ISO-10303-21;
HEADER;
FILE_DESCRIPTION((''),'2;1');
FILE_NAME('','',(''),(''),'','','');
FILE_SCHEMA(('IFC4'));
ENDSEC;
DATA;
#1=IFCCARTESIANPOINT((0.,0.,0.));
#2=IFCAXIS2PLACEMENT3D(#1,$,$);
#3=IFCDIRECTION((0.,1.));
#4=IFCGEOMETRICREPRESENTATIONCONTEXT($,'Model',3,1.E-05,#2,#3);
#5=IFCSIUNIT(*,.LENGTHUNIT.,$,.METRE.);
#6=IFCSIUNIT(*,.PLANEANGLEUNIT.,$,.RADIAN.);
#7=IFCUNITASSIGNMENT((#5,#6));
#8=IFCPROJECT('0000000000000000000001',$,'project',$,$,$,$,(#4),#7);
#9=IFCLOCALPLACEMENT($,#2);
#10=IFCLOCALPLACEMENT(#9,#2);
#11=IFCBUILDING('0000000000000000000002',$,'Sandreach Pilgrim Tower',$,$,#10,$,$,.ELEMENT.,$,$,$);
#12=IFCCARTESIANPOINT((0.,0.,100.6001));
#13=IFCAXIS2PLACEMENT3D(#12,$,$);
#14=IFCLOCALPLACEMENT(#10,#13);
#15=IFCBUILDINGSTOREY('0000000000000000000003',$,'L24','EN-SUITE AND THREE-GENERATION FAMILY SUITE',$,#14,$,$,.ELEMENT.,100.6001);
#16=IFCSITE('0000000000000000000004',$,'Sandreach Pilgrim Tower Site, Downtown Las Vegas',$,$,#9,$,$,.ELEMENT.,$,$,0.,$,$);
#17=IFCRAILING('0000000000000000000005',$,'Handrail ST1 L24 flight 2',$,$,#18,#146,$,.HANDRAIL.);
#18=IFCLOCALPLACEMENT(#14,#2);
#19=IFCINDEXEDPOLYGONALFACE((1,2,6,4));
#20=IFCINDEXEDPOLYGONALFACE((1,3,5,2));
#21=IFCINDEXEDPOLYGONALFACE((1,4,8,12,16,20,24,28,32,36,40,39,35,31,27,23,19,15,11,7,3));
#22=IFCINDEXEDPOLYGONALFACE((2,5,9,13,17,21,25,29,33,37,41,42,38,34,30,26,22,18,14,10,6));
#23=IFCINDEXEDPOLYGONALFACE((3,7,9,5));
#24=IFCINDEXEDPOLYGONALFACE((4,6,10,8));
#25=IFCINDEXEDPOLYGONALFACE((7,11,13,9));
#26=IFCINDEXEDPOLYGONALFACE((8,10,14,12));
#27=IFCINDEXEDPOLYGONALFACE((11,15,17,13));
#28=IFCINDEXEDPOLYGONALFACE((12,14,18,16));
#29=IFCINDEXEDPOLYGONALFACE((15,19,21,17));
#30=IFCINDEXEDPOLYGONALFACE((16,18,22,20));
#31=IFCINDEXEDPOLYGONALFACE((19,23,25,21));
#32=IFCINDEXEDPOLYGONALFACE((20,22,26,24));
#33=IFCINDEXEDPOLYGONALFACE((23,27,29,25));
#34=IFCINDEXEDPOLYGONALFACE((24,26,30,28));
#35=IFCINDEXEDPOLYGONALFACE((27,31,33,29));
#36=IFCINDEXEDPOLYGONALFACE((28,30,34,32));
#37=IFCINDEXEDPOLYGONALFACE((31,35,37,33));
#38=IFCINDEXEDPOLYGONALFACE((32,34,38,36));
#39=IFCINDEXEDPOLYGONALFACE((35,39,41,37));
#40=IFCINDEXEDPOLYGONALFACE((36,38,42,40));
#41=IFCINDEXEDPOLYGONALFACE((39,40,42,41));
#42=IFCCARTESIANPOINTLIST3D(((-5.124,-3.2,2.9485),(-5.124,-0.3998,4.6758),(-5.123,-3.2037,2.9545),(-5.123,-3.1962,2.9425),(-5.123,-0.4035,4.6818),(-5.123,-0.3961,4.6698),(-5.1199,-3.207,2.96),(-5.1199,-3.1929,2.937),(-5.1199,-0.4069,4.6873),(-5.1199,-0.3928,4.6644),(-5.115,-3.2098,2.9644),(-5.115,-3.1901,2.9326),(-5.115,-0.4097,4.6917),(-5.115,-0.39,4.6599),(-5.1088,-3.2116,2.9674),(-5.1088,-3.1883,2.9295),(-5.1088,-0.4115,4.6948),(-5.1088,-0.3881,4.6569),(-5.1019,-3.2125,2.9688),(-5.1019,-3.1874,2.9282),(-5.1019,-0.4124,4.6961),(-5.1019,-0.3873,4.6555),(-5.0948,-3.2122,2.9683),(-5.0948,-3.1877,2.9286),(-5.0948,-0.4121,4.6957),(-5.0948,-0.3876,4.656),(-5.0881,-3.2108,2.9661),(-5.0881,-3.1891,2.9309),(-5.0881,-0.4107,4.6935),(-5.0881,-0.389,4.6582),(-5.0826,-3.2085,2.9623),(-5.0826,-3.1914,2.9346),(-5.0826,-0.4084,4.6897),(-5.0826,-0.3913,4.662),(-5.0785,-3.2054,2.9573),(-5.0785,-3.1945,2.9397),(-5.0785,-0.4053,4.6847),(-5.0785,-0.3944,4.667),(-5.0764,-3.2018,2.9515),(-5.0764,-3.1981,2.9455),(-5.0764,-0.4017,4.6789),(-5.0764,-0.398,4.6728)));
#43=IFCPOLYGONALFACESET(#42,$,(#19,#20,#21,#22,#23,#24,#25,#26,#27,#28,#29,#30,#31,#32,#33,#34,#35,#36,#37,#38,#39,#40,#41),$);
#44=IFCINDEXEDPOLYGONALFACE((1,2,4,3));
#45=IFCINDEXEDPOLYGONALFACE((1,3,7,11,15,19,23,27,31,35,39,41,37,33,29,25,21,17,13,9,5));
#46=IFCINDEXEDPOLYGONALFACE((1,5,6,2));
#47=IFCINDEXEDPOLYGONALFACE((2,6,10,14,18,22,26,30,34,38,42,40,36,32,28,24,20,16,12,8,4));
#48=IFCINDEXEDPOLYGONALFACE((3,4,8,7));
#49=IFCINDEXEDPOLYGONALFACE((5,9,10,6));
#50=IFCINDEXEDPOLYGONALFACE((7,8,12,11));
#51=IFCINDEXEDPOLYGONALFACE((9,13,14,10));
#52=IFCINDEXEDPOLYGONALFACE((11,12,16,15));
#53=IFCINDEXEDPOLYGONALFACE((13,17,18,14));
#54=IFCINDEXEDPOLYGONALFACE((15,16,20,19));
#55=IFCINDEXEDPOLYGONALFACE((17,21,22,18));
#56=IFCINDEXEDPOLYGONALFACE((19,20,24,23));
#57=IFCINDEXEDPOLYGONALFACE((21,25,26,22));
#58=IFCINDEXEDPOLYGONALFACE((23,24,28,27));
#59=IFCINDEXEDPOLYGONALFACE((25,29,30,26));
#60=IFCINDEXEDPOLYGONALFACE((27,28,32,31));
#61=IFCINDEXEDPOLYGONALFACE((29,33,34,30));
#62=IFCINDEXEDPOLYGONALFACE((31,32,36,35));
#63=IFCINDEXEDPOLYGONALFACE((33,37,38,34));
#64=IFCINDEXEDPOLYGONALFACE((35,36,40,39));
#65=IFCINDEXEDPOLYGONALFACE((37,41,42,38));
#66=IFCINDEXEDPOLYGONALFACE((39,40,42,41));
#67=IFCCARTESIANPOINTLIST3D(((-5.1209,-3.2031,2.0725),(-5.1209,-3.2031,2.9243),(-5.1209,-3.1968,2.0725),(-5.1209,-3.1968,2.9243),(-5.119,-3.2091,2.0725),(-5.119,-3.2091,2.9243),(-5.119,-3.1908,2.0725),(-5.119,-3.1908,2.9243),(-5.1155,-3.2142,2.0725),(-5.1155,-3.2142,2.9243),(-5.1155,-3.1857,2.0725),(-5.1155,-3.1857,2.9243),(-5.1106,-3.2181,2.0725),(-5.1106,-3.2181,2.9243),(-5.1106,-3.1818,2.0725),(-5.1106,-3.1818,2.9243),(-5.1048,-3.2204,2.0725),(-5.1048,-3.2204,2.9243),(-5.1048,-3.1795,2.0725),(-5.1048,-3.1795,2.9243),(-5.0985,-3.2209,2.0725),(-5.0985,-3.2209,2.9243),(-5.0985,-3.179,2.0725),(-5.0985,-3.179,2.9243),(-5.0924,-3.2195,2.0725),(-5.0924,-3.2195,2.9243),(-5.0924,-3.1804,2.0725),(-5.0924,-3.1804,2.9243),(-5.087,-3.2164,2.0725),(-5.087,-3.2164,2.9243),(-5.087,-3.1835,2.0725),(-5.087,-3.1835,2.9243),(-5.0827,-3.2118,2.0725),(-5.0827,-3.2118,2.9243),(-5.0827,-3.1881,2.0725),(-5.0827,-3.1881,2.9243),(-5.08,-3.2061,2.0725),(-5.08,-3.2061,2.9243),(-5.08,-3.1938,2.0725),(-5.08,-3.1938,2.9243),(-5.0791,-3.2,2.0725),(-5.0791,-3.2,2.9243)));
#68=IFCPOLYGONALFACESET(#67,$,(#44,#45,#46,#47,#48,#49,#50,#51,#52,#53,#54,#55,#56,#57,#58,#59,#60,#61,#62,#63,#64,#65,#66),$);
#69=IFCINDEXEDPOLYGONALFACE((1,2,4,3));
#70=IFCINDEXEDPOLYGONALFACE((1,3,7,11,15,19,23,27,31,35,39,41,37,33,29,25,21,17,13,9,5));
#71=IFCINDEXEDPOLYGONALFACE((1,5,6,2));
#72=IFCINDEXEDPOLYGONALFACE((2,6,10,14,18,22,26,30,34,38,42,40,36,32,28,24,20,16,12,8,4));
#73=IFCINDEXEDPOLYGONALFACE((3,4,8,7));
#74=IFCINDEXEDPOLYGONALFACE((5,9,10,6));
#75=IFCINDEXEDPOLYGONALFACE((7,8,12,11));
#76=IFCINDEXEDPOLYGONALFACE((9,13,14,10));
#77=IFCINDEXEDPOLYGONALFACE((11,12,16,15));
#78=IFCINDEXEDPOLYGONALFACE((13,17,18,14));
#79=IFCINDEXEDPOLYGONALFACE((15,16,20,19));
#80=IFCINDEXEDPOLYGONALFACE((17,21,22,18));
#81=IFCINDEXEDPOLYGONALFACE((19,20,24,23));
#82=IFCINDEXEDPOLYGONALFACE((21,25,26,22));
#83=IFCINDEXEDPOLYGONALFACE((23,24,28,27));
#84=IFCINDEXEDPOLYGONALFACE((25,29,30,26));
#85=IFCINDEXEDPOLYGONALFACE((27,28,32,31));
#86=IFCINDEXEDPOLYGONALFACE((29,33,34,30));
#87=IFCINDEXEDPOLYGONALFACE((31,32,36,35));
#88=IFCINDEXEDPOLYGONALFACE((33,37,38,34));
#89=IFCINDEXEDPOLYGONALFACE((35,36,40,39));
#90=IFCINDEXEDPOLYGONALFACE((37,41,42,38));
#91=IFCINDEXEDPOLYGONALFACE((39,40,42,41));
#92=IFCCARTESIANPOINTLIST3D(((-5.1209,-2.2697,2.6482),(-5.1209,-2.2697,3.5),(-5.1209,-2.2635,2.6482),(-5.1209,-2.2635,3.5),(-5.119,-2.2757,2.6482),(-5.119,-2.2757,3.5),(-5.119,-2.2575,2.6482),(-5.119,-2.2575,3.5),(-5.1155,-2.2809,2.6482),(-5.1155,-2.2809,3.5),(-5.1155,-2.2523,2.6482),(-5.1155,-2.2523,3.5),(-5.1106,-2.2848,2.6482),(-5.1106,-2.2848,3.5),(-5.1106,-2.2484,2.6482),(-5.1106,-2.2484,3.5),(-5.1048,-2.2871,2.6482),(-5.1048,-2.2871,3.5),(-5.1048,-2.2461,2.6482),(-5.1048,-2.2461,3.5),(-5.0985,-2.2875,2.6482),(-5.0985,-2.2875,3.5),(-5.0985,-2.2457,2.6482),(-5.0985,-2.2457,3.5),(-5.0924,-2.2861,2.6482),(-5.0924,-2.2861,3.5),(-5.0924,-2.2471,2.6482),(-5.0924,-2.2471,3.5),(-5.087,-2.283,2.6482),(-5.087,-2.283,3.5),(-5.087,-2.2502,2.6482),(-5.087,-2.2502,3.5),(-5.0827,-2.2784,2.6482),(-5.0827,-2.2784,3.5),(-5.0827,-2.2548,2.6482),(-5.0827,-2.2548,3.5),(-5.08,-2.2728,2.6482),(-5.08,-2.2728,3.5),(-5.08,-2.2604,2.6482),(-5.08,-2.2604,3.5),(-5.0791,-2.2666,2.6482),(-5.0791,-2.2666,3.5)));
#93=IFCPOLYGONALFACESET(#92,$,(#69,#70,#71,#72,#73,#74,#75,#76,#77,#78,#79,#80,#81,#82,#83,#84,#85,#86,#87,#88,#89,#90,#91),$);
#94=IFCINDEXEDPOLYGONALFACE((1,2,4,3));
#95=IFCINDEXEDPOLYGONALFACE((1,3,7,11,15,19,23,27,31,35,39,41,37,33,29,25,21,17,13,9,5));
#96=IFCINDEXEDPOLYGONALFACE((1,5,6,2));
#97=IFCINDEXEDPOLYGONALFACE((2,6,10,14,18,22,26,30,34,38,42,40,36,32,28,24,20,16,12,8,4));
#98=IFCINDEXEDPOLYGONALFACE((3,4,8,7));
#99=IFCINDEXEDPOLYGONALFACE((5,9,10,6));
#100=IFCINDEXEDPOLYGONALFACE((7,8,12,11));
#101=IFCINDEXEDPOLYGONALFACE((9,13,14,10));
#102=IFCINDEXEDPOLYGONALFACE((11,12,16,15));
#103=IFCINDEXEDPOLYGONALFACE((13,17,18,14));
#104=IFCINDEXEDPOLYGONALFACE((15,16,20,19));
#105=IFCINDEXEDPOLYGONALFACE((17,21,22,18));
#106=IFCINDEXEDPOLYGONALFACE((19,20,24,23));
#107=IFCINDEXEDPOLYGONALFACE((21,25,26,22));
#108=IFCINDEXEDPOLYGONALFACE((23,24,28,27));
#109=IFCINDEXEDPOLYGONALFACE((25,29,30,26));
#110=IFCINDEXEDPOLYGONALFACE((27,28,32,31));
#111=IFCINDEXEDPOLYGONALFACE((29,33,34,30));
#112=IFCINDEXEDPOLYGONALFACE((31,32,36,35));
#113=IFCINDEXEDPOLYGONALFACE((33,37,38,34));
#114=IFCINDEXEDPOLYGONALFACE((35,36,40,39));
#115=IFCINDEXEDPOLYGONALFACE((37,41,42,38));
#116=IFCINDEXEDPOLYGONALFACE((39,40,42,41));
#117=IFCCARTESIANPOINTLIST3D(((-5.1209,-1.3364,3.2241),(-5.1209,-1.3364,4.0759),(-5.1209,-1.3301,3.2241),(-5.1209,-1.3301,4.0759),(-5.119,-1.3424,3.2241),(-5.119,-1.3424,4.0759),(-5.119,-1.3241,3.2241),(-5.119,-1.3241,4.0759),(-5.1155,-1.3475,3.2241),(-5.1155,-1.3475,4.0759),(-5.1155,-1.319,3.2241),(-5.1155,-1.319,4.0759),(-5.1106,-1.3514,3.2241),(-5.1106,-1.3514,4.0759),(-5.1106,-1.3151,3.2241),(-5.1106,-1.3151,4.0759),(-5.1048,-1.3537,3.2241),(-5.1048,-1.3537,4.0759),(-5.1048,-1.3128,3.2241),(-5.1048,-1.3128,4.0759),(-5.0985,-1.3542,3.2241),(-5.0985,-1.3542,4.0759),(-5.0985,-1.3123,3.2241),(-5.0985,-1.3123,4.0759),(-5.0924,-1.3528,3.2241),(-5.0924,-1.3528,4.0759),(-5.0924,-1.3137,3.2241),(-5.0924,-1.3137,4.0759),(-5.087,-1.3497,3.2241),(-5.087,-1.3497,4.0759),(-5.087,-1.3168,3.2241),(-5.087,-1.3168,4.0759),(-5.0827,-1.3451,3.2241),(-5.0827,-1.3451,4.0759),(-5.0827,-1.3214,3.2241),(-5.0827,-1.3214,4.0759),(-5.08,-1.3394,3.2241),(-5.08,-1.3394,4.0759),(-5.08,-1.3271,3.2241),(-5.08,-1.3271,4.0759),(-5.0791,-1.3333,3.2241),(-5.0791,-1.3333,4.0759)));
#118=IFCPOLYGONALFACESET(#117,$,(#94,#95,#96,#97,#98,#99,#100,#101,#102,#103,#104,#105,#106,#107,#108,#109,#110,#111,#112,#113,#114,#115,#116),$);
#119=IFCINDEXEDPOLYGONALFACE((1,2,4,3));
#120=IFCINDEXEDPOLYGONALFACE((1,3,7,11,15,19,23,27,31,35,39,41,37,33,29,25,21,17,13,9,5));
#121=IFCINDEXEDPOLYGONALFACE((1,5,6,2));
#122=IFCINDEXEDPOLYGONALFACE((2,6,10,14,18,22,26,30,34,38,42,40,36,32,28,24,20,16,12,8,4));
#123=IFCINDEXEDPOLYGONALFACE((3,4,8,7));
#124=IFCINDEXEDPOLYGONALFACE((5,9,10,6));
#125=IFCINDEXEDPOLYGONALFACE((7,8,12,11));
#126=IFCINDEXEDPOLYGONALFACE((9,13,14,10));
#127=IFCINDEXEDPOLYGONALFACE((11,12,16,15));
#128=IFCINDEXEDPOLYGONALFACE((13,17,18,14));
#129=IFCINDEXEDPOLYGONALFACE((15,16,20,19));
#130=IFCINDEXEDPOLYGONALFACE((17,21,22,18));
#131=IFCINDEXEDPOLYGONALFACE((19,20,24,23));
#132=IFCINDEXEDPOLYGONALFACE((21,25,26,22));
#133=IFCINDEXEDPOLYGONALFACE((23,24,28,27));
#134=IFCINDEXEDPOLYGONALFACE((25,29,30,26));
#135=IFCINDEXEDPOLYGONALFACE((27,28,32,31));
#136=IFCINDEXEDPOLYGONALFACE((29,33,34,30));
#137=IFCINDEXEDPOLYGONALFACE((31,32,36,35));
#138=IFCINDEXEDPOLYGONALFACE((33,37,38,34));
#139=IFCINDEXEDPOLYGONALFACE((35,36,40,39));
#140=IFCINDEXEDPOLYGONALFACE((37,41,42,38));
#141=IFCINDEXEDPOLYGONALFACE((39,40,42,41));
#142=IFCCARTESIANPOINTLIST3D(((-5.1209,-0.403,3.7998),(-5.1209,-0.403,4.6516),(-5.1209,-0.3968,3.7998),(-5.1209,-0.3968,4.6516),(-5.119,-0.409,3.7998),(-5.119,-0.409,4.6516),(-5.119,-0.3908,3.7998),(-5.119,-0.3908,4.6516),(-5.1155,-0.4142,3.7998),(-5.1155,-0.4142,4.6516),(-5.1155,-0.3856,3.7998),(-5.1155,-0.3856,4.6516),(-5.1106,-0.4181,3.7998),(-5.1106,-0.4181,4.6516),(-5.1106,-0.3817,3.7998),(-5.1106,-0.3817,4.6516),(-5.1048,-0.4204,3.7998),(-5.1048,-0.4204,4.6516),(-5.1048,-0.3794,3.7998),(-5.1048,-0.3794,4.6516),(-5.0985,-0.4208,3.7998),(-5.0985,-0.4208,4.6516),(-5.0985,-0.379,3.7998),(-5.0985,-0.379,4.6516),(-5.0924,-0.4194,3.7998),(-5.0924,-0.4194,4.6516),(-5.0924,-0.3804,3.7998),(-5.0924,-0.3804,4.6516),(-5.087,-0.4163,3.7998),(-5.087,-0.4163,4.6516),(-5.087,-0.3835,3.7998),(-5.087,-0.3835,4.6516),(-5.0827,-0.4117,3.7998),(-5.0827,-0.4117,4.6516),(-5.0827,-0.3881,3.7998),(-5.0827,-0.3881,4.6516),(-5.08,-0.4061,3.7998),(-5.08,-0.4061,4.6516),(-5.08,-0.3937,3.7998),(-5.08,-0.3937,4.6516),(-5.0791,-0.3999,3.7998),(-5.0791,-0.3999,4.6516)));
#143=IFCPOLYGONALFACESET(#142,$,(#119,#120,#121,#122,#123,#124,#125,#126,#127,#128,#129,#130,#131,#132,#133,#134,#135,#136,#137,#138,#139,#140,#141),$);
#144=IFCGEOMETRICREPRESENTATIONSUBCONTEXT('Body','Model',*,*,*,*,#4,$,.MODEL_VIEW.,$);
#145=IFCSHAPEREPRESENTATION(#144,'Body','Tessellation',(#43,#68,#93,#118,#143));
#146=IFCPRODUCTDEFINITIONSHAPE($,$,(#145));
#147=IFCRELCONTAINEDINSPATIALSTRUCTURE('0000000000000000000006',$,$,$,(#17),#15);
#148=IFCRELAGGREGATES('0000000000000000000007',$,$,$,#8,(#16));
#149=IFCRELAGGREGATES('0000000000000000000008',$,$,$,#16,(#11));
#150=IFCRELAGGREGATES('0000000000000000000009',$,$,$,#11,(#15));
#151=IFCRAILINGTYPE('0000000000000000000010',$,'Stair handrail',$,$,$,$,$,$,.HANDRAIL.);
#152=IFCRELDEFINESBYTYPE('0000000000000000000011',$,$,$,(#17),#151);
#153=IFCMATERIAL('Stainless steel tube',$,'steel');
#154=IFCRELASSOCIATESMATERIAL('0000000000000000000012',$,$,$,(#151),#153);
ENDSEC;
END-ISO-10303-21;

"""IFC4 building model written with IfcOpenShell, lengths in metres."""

from ifc_helpers import new_model, si_unit, direction, frame, origin, origin_2d, place, context, subcontext, project, spatial, circle, extrude, material, type_object, element, save


model = new_model("IFC4")

# Units and contexts
model_context = context("Model", 3, precision=1e-05, world=origin(), true_north=direction((0.0, 1.0)))
body_context = subcontext(model_context, "Body", "Model", "MODEL_VIEW")
ifc_project = project(units=[si_unit("LENGTHUNIT", "METRE"), si_unit("PLANEANGLEUNIT", "RADIAN")], contexts=[model_context])

# Site, building, storey
site_placement = place(None, origin())
site = spatial("IfcSite", under=ifc_project, at=site_placement, Name="Sandreach Pilgrim Tower Site, Downtown Las Vegas", CompositionType="ELEMENT", RefElevation=0.0)
building_placement = place(site_placement, origin())
building = spatial("IfcBuilding", under=site, at=building_placement, Name="Sandreach Pilgrim Tower", CompositionType="ELEMENT")
storey_placement = place(building_placement, frame((0.0, 0.0, 100.6001)))
storey = spatial("IfcBuildingStorey", under=building, at=storey_placement, Name="L24", Description="EN-SUITE AND THREE-GENERATION FAMILY SUITE", CompositionType="ELEMENT", Elevation=100.6001)

# Railing
ifc_material_1 = material(Name="Stainless steel tube", Category="steel")
railing_type = type_object("IfcRailingType", Name="Stair handrail", PredefinedType="HANDRAIL", material=ifc_material_1)
for number, where, name in (
    (1, (-5.1001, -3.2, 2.0725), "Handrail ST1 L24 flight 2"),
):
    element("IfcRailing", number, at=place(storey_placement, frame(where)), inside=storey, type_object=railing_type, Name=name, PredefinedType="HANDRAIL", context=body_context, shape_type="SweptSolid", body=[
        extrude(circle(Radius=0.0239, at=origin_2d()), frame((0.0, 0.0, 0.876), z_axis=(0.0, 0.85109, 0.52502), x_axis=(-1.0, 0.0, 0.0)), (0.0, 0.0, 1.0), 3.29),
        extrude(circle(Radius=0.021, at=origin_2d()), origin(), (0.0, 0.0, 1.0), 0.8518),
        extrude(circle(Radius=0.021, at=origin_2d()), frame((0.0, 0.9333, 0.5757)), (0.0, 0.0, 1.0), 0.8518),
        extrude(circle(Radius=0.021, at=origin_2d()), frame((0.0, 1.8667, 1.1516)), (0.0, 0.0, 1.0), 0.8518),
        extrude(circle(Radius=0.021, at=origin_2d()), frame((0.0, 2.8, 1.7273)), (0.0, 0.0, 1.0), 0.8518),
    ])

save(model, "model.ifc")
